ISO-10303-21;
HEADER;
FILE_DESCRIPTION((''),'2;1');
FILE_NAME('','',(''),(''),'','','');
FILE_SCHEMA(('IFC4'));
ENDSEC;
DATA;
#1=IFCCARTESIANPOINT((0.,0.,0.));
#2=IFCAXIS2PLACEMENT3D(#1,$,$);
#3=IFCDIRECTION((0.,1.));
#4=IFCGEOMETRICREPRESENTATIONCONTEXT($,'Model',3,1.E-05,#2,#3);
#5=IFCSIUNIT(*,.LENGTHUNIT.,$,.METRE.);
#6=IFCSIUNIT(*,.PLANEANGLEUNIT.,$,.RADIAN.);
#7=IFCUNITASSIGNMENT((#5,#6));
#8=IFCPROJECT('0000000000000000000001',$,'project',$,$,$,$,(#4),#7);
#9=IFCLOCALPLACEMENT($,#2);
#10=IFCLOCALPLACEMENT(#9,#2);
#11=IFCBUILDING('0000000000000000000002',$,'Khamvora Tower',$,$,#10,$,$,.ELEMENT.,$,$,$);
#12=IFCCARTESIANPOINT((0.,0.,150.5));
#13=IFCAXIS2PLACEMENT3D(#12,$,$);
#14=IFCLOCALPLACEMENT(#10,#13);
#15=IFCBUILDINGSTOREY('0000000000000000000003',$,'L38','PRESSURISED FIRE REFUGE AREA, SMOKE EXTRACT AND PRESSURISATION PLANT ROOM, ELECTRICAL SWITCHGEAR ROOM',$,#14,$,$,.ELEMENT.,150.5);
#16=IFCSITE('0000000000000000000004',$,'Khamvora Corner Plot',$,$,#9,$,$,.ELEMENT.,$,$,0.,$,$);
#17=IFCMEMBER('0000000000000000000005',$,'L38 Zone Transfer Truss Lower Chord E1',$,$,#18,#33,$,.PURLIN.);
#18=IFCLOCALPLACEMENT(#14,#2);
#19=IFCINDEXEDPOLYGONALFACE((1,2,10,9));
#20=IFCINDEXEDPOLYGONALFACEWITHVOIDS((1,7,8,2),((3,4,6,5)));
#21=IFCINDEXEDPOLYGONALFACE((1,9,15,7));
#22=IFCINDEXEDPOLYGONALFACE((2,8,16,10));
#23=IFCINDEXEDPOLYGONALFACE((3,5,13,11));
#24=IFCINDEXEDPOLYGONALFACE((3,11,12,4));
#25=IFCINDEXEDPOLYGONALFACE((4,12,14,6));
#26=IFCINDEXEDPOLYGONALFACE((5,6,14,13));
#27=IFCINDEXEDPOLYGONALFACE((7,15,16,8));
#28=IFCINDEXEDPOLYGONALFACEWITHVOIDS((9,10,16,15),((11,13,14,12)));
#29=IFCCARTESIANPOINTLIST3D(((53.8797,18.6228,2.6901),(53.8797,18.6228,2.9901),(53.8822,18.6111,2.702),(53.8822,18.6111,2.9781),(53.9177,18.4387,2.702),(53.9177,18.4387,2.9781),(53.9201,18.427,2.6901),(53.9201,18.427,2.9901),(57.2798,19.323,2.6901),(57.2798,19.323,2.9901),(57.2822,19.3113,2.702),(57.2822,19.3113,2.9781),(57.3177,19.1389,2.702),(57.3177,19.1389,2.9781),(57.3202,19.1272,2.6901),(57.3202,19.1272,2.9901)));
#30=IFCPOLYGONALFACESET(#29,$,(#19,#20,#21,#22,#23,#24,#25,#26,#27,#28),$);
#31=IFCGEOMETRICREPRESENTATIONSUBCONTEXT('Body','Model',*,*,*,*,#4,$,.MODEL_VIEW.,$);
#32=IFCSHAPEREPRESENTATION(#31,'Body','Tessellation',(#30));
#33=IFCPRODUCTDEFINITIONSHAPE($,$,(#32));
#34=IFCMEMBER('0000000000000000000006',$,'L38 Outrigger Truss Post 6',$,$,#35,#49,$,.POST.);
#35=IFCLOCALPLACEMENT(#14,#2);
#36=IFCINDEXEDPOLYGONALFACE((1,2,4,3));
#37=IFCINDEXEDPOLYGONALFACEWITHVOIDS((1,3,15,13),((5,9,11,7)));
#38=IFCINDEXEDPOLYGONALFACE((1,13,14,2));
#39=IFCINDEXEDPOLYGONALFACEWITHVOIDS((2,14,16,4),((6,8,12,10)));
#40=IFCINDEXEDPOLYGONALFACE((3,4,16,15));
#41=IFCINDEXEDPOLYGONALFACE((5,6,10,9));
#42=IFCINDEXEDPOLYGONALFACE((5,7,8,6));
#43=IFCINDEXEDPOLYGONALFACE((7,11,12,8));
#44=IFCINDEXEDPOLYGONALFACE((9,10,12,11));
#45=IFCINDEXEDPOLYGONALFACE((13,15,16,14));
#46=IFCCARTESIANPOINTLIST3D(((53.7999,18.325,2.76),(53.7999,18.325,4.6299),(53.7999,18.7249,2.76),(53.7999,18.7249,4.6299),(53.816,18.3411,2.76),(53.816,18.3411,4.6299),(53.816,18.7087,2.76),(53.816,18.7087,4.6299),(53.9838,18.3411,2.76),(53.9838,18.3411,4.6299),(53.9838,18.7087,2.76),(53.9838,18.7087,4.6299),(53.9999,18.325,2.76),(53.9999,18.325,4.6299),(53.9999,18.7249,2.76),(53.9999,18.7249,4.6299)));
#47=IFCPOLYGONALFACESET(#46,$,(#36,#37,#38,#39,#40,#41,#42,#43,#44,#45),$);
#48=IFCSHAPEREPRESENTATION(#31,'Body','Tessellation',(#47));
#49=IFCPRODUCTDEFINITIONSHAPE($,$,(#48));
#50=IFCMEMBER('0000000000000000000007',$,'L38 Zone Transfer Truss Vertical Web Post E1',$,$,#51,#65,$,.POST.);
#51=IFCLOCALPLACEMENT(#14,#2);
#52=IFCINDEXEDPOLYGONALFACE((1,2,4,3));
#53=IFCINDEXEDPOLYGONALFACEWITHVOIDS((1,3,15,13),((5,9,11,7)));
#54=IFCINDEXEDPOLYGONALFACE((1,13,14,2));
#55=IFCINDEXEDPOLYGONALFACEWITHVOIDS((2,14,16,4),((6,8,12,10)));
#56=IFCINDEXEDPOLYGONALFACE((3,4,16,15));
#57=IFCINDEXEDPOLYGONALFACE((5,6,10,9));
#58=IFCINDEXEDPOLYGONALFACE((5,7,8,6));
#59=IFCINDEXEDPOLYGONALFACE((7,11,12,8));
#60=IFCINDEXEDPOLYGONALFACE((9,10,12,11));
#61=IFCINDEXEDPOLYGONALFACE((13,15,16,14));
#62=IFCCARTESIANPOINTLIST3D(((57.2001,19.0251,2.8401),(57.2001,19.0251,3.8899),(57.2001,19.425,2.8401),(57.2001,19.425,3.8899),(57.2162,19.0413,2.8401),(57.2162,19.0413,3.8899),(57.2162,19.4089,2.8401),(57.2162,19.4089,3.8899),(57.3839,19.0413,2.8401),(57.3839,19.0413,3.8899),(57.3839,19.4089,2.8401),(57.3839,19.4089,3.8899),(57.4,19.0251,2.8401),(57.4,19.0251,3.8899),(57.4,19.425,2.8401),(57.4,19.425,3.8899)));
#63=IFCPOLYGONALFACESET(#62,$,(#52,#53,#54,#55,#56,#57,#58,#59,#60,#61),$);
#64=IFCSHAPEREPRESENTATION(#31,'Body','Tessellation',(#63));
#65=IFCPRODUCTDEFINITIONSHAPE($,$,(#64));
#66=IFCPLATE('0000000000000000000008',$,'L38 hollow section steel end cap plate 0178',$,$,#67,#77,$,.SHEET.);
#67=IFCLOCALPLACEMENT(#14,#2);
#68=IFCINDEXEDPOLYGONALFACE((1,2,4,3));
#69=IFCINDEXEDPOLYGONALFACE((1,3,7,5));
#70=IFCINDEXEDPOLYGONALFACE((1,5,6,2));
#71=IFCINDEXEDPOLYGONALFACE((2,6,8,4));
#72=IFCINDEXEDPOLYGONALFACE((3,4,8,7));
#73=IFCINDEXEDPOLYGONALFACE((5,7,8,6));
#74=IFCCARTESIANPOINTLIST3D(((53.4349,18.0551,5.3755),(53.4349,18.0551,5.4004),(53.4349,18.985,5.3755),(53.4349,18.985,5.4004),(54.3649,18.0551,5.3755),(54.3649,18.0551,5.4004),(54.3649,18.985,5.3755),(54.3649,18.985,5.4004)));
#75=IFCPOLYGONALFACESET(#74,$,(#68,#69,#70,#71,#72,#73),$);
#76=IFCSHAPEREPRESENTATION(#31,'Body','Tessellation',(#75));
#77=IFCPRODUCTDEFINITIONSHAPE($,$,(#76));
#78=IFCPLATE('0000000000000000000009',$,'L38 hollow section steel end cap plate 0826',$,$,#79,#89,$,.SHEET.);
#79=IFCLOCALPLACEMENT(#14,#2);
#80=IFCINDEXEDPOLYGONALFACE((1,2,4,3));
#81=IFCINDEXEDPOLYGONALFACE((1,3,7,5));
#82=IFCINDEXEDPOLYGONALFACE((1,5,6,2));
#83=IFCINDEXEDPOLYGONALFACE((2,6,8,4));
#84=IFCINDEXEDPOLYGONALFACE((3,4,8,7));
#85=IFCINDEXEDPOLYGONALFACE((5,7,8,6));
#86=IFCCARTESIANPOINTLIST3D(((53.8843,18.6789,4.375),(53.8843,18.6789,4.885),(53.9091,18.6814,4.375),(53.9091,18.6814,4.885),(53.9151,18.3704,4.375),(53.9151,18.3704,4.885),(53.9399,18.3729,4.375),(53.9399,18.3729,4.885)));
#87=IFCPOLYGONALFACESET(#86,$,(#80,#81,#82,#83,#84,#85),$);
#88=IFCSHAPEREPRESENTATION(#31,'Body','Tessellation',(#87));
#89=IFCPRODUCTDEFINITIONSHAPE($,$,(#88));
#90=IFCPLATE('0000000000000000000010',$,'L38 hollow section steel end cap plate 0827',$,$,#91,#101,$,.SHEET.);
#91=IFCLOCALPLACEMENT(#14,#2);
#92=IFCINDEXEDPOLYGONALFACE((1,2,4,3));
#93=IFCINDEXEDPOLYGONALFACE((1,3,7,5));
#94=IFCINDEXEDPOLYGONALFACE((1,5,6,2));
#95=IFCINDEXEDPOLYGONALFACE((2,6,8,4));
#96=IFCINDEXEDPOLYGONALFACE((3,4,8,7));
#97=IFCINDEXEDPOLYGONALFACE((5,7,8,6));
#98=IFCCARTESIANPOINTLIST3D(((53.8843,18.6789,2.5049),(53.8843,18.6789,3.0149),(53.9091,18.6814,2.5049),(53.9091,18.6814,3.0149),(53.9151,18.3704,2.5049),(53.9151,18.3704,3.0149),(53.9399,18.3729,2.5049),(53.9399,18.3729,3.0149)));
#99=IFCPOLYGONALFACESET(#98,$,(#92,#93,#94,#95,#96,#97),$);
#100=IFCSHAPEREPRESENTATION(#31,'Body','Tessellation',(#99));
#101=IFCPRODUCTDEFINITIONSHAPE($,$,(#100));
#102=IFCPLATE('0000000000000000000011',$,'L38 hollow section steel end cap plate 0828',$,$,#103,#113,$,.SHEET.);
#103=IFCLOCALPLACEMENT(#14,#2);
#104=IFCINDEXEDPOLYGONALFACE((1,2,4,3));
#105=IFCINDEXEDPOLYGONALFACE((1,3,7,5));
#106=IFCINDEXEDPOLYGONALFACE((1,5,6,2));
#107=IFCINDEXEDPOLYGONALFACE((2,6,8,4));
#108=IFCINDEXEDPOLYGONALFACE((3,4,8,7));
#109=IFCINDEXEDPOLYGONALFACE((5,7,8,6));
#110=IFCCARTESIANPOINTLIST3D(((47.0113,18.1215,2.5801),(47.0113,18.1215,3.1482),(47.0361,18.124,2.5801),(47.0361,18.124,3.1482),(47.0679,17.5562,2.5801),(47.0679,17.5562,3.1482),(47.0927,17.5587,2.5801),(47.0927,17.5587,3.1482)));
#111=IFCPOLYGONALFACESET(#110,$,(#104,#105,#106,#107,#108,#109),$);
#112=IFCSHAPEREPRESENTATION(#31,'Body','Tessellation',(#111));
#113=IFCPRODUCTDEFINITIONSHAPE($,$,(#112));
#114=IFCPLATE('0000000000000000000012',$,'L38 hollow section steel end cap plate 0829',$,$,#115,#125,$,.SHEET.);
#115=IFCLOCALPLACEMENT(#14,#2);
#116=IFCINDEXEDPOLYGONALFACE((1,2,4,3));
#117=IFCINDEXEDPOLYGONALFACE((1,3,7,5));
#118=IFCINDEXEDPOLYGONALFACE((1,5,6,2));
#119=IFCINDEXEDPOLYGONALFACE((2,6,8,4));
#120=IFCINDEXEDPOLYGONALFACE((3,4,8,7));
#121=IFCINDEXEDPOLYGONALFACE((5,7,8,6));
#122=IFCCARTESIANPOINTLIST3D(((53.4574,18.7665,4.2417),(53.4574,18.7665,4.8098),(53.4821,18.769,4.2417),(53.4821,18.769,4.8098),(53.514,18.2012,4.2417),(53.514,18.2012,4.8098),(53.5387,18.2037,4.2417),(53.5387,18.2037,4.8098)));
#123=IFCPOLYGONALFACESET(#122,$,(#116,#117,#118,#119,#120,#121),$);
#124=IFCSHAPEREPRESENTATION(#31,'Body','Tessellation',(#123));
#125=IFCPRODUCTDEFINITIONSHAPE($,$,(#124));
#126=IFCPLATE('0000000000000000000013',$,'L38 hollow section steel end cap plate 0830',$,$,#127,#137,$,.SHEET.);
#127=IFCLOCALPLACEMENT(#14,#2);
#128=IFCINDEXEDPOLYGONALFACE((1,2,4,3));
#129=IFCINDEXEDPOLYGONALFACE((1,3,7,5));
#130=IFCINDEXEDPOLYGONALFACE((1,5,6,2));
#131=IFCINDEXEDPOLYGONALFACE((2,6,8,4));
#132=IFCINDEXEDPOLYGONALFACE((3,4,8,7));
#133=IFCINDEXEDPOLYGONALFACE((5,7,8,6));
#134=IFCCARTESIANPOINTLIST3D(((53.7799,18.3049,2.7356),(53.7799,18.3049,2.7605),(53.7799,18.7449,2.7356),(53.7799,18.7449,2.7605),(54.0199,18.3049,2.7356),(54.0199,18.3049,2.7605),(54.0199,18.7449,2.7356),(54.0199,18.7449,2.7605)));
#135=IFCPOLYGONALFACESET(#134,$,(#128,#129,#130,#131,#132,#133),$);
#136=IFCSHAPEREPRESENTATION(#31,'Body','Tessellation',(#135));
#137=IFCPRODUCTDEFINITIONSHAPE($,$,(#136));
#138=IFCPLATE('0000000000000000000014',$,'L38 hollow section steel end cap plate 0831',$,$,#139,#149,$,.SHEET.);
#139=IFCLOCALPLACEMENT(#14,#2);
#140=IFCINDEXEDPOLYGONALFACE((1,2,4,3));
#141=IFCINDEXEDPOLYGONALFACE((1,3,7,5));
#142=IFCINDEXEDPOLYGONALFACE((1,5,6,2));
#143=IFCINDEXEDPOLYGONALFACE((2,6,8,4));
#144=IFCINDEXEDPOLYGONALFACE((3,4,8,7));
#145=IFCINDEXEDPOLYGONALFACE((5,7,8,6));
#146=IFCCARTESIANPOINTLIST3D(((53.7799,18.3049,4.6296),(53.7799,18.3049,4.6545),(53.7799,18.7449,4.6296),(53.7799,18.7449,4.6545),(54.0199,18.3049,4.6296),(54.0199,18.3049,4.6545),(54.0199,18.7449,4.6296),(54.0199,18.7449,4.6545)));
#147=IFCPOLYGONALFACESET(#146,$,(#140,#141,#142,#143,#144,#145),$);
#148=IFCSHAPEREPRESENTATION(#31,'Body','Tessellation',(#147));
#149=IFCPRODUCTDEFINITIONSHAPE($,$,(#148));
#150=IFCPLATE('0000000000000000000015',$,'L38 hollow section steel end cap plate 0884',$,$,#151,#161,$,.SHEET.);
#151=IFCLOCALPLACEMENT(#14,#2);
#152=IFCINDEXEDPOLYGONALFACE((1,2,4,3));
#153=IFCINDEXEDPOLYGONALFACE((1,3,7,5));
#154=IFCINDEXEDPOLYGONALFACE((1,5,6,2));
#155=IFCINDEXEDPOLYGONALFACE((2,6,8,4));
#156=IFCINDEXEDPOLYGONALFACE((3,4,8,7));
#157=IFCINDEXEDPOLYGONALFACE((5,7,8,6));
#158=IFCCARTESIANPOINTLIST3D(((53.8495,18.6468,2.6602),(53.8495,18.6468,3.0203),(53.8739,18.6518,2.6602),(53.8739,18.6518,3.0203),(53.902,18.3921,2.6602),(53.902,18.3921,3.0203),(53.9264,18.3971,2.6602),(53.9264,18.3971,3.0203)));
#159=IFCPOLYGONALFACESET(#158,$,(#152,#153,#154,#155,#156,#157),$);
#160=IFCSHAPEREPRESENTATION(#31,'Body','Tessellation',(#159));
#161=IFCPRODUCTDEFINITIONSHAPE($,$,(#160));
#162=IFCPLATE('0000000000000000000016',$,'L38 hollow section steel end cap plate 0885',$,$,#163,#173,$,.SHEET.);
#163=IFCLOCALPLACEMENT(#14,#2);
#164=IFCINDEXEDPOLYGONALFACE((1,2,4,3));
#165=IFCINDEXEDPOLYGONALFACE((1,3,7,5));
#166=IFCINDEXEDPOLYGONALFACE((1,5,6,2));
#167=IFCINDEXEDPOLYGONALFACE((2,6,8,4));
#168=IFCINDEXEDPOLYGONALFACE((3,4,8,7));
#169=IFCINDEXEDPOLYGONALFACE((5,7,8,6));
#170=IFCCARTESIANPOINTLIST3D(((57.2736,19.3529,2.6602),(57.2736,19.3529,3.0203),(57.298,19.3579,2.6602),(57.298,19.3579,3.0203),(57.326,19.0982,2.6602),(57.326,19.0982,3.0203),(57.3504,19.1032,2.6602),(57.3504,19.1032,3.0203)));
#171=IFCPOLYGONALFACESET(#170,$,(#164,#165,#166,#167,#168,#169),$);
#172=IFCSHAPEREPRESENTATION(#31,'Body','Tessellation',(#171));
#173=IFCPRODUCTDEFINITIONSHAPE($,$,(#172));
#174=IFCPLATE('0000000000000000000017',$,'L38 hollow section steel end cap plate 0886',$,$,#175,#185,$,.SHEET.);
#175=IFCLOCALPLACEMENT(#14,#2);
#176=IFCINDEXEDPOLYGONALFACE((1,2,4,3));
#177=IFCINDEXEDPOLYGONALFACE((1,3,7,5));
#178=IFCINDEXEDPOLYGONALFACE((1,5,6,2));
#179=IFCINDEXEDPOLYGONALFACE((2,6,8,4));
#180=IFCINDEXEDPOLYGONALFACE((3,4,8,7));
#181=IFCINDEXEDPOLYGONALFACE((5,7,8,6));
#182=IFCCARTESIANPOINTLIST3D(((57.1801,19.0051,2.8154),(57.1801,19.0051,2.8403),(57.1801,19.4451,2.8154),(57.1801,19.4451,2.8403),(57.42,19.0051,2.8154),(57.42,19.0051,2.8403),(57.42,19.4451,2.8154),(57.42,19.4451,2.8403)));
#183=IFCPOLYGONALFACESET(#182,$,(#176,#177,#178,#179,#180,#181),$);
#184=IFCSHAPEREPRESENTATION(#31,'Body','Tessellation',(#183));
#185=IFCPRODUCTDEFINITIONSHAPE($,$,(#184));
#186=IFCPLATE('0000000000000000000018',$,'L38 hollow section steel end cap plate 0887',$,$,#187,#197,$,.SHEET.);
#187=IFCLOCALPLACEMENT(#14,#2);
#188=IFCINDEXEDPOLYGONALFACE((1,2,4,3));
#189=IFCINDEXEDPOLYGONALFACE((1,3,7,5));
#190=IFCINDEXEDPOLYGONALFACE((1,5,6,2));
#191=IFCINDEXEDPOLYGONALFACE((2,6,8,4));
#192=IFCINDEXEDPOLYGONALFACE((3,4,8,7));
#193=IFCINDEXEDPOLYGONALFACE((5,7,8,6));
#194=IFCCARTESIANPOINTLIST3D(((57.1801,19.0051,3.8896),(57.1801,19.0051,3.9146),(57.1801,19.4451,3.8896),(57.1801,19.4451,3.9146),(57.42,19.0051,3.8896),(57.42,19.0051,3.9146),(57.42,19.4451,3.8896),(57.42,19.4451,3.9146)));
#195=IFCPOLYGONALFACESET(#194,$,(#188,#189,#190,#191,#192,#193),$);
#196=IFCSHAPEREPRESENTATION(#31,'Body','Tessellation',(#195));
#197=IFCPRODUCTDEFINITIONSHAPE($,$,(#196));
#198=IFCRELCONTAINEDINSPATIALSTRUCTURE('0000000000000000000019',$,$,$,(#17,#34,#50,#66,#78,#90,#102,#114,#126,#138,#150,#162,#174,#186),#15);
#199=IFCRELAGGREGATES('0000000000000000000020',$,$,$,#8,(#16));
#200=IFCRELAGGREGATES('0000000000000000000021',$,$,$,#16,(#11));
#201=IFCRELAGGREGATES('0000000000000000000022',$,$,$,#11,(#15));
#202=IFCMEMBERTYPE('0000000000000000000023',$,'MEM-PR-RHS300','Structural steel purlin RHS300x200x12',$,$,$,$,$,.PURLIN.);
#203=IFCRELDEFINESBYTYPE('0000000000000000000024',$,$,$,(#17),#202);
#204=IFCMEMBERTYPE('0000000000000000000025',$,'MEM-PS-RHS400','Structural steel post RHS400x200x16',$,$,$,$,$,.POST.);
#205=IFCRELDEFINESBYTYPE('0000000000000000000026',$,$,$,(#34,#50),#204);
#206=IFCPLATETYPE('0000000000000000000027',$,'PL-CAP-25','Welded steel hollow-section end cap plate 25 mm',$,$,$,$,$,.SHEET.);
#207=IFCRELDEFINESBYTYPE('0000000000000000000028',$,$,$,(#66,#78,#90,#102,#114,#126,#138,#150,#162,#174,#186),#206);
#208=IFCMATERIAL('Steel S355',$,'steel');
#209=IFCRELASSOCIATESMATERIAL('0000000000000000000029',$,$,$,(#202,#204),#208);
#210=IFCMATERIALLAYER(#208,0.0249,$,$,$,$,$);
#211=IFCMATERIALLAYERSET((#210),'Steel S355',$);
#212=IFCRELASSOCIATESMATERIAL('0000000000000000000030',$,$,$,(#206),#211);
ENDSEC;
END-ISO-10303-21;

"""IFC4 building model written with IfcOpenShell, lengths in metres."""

from ifc_helpers import new_model, si_unit, direction, frame, origin, origin_2d, place, context, subcontext, project, spatial, rectangle, hollow_rectangle, extrude, material, layer, layer_set, material_profile, profile_set, type_object, element, save


model = new_model("IFC4")

# Units and contexts
model_context = context("Model", 3, precision=1e-05, world=origin(), true_north=direction((0.0, 1.0)))
body_context = subcontext(model_context, "Body", "Model", "MODEL_VIEW")
ifc_project = project(units=[si_unit("LENGTHUNIT", "METRE"), si_unit("PLANEANGLEUNIT", "RADIAN")], contexts=[model_context])

# Site, building, storey
site_placement = place(None, origin())
site = spatial("IfcSite", under=ifc_project, at=site_placement, Name="Khamvora Corner Plot", CompositionType="ELEMENT", RefElevation=0.0)
building_placement = place(site_placement, origin())
building = spatial("IfcBuilding", under=site, at=building_placement, Name="Khamvora Tower", CompositionType="ELEMENT")
storey_placement = place(building_placement, frame((0.0, 0.0, 150.5)))
storey = spatial("IfcBuildingStorey", under=building, at=storey_placement, Name="L38", Description="PRESSURISED FIRE REFUGE AREA, SMOKE EXTRACT AND PRESSURISATION PLANT ROOM, ELECTRICAL SWITCHGEAR ROOM", CompositionType="ELEMENT", Elevation=150.5)

# Shared definitions
ifc_material_1 = material(Name="Steel S355", Category="steel")

# Members
ifc_material_profile_1 = material_profile(ifc_material_1, hollow_rectangle(XDim=0.2, YDim=0.3, WallThickness=0.012, at=origin_2d()), Name="RHS300x200x12")
ifc_profile_set_1 = profile_set([ifc_material_profile_1], Name="Steel S355")
member_type_1 = type_object("IfcMemberType", Name="MEM-PR-RHS300", Description="Structural steel purlin RHS300x200x12", PredefinedType="PURLIN", material=ifc_profile_set_1)
member_1_placement = place(storey_placement, frame((53.8999, 18.5249, 2.8401), z_axis=(0.979448, 0.201699, 0.0), x_axis=(-0.201699, 0.979448, 0.0)))
element("IfcMember", 1, at=member_1_placement, inside=storey, type_object=member_type_1, Name="L38 Zone Transfer Truss Lower Chord E1", PredefinedType="PURLIN", context=body_context, shape_type="SweptSolid", body=[
    extrude(hollow_rectangle(XDim=0.2, YDim=0.3, WallThickness=0.012, at=origin_2d()), origin(), (0.0, 0.0, 1.0), 3.4714),
])
ifc_material_profile_2 = material_profile(ifc_material_1, hollow_rectangle(XDim=0.2, YDim=0.3999, WallThickness=0.0161, at=origin_2d()), Name="RHS400x200x16")
ifc_profile_set_2 = profile_set([ifc_material_profile_2], Name="Steel S355")
member_type_2 = type_object("IfcMemberType", Name="MEM-PS-RHS400", Description="Structural steel post RHS400x200x16", PredefinedType="POST", material=ifc_profile_set_2)
member_2_placement = place(storey_placement, frame((53.8999, 18.5249, 2.76), z_axis=(0.0, 0.0, 1.0), x_axis=(1.0, 0.0, 0.0)))
element("IfcMember", 2, at=member_2_placement, inside=storey, type_object=member_type_2, Name="L38 Outrigger Truss Post 6", PredefinedType="POST", context=body_context, shape_type="SweptSolid", body=[
    extrude(hollow_rectangle(XDim=0.2, YDim=0.3999, WallThickness=0.0161, at=origin_2d()), origin(), (0.0, 0.0, 1.0), 1.8699),
])
member_3_placement = place(storey_placement, frame((57.3, 19.2251, 2.8401), z_axis=(0.0, 0.0, 1.0), x_axis=(1.0, 0.0, 0.0)))
element("IfcMember", 3, at=member_3_placement, inside=storey, type_object=member_type_2, Name="L38 Zone Transfer Truss Vertical Web Post E1", PredefinedType="POST", context=body_context, shape_type="SweptSolid", body=[
    extrude(hollow_rectangle(XDim=0.2, YDim=0.3999, WallThickness=0.0161, at=origin_2d()), origin(), (0.0, 0.0, 1.0), 1.0498),
])

# Plates
ifc_layer_1 = layer(ifc_material_1, 0.0249)
ifc_layer_set_1 = layer_set([ifc_layer_1], Name="Steel S355")
plate_type_1 = type_object("IfcPlateType", Name="PL-CAP-25", Description="Welded steel hollow-section end cap plate 25 mm", PredefinedType="SHEET", material=ifc_layer_set_1)
plate_1_placement = place(storey_placement, frame((53.8999, 18.52, 5.3755), z_axis=(0.0, 0.0, 1.0), x_axis=(1.0, 0.0, 0.0)))
element("IfcPlate", 4, at=plate_1_placement, inside=storey, type_object=plate_type_1, Name="L38 hollow section steel end cap plate 0178", PredefinedType="SHEET", context=body_context, shape_type="SweptSolid", body=[
    extrude(rectangle(XDim=0.9299, YDim=0.9299, at=origin_2d()), origin(), (0.0, 0.0, 1.0), 0.0249),
])
for number, where, z_axis, x_axis, name in (
    (5, (53.9121, 18.5259, 4.375), (0.0, 0.0, 1.0), (0.995036, 0.099511, 0.0), "L38 hollow section steel end cap plate 0826"),
    (6, (53.9121, 18.5259, 2.5049), (0.0, 0.0, 1.0), (0.995036, 0.099511, 0.0), "L38 hollow section steel end cap plate 0827"),
):
    element("IfcPlate", number, at=place(storey_placement, frame(where, z_axis=z_axis, x_axis=x_axis)), inside=storey, type_object=plate_type_1, Name=name, PredefinedType="SHEET", context=body_context, shape_type="SweptSolid", body=[
        extrude(rectangle(XDim=0.0249, YDim=0.3101, at=origin_2d()), origin(), (0.0, 0.0, 1.0), 0.51),
    ])
for number, where, z_axis, x_axis, name in (
    (7, (47.052, 17.8401, 2.5801), (0.0, 0.0, 1.0), (0.995024, 0.099632, 0.0), "L38 hollow section steel end cap plate 0828"),
    (8, (53.498, 18.4851, 4.2417), (0.0, 0.0, 1.0), (0.995024, 0.099632, 0.0), "L38 hollow section steel end cap plate 0829"),
):
    element("IfcPlate", number, at=place(storey_placement, frame(where, z_axis=z_axis, x_axis=x_axis)), inside=storey, type_object=plate_type_1, Name=name, PredefinedType="SHEET", context=body_context, shape_type="SweptSolid", body=[
        extrude(rectangle(XDim=0.0249, YDim=0.5681, at=origin_2d()), origin(), (0.0, 0.0, 1.0), 0.5681),
    ])
for number, where, z_axis, x_axis, name in (
    (9, (53.8999, 18.5249, 2.7356), (0.0, 0.0, 1.0), (1.0, 0.0, 0.0), "L38 hollow section steel end cap plate 0830"),
    (10, (53.8999, 18.5249, 4.6296), (0.0, 0.0, 1.0), (1.0, 0.0, 0.0), "L38 hollow section steel end cap plate 0831"),
):
    element("IfcPlate", number, at=place(storey_placement, frame(where, z_axis=z_axis, x_axis=x_axis)), inside=storey, type_object=plate_type_1, Name=name, PredefinedType="SHEET", context=body_context, shape_type="SweptSolid", body=[
        extrude(rectangle(XDim=0.24, YDim=0.4399, at=origin_2d()), origin(), (0.0, 0.0, 1.0), 0.0249),
    ])
for number, where, z_axis, x_axis, name in (
    (11, (53.8879, 18.522, 2.6602), (0.0, 0.0, 1.0), (0.979456, 0.201659, 0.0), "L38 hollow section steel end cap plate 0884"),
    (12, (57.312, 19.228, 2.6602), (0.0, 0.0, 1.0), (0.979456, 0.201659, 0.0), "L38 hollow section steel end cap plate 0885"),
):
    element("IfcPlate", number, at=place(storey_placement, frame(where, z_axis=z_axis, x_axis=x_axis)), inside=storey, type_object=plate_type_1, Name=name, PredefinedType="SHEET", context=body_context, shape_type="SweptSolid", body=[
        extrude(rectangle(XDim=0.0249, YDim=0.26, at=origin_2d()), origin(), (0.0, 0.0, 1.0), 0.3601),
    ])
for number, where, z_axis, x_axis, name in (
    (13, (57.3, 19.2251, 2.8154), (0.0, 0.0, 1.0), (1.0, 0.0, 0.0), "L38 hollow section steel end cap plate 0886"),
    (14, (57.3, 19.2251, 3.8896), (0.0, 0.0, 1.0), (1.0, 0.0, 0.0), "L38 hollow section steel end cap plate 0887"),
):
    element("IfcPlate", number, at=place(storey_placement, frame(where, z_axis=z_axis, x_axis=x_axis)), inside=storey, type_object=plate_type_1, Name=name, PredefinedType="SHEET", context=body_context, shape_type="SweptSolid", body=[
        extrude(rectangle(XDim=0.24, YDim=0.4399, at=origin_2d()), origin(), (0.0, 0.0, 1.0), 0.0249),
    ])

save(model, "model.ifc")
